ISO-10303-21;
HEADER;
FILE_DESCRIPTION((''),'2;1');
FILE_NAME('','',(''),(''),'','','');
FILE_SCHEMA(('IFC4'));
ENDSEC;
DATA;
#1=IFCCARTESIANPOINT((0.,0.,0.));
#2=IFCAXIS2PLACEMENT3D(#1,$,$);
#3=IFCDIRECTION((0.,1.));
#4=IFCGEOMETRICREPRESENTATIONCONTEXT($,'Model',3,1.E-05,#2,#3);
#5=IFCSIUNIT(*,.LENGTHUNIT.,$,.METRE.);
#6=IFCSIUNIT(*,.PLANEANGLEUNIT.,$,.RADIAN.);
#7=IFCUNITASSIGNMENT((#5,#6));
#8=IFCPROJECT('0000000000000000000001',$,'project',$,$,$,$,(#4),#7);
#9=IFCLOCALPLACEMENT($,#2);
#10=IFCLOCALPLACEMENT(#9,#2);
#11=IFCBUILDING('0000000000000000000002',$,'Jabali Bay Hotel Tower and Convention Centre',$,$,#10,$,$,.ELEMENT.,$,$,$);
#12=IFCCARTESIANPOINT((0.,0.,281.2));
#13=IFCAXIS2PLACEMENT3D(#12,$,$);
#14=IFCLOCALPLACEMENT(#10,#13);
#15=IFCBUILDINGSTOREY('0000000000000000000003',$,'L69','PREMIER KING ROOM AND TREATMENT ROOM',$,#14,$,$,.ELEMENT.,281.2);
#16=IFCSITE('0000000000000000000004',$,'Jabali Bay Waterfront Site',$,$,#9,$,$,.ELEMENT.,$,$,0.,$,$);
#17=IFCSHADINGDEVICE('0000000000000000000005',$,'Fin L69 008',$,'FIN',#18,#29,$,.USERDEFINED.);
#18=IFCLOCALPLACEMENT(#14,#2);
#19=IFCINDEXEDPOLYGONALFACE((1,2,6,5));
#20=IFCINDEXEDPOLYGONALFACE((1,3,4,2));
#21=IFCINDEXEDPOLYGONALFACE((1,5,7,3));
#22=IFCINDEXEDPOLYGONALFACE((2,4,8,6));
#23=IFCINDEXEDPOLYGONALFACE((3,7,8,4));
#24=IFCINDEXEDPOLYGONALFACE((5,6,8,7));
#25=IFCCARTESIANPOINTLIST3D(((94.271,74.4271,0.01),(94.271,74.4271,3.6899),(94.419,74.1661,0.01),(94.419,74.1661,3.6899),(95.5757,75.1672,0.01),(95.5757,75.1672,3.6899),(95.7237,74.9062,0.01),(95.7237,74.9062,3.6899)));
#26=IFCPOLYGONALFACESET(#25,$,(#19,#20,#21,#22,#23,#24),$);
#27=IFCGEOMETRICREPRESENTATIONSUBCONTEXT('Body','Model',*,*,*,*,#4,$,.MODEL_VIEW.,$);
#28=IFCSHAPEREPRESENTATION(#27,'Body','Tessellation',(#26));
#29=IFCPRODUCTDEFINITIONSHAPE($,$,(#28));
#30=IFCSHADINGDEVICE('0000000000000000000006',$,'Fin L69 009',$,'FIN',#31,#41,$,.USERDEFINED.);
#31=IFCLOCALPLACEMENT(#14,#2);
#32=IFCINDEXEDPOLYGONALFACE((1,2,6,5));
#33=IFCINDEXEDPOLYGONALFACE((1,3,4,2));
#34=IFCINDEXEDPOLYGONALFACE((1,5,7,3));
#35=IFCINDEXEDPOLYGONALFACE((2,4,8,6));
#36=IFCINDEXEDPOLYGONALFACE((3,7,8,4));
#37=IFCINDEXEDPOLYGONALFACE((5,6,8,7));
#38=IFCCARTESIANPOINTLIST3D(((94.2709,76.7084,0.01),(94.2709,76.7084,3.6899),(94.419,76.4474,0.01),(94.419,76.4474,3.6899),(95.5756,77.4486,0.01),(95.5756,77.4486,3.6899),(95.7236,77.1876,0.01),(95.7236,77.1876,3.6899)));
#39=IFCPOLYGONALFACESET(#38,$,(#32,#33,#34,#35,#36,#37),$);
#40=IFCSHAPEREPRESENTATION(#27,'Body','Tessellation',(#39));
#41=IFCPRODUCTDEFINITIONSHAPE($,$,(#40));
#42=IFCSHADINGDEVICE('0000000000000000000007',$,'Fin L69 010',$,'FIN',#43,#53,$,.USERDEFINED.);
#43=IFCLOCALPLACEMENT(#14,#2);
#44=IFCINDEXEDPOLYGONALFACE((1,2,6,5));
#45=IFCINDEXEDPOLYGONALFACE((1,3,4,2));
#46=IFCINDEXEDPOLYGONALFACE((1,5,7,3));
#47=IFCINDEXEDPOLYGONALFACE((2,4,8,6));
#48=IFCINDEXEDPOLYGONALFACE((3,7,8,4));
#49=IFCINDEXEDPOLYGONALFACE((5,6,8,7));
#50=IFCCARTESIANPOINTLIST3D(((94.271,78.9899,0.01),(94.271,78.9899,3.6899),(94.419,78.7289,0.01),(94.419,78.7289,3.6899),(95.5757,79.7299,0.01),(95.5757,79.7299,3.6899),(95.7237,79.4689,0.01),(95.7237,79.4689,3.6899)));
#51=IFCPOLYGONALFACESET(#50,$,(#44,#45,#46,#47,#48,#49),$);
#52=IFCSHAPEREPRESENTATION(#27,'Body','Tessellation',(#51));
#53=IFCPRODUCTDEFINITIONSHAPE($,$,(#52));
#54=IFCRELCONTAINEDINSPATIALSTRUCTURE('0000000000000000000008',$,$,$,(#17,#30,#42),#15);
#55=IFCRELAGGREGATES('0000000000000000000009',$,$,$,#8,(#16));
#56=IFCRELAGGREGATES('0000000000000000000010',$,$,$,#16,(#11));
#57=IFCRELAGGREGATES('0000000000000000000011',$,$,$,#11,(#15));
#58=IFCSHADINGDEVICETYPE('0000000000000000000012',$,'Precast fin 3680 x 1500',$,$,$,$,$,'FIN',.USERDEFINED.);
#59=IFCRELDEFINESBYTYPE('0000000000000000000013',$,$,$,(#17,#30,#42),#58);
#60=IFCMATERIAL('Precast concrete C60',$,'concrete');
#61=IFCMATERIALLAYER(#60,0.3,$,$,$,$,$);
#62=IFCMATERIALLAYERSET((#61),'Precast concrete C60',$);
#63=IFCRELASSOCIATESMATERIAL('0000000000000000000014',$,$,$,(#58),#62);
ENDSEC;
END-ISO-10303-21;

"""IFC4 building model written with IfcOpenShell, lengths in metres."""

from ifc_helpers import new_model, si_unit, direction, frame, frame_2d, origin, place, context, subcontext, project, spatial, rectangle, extrude, material, layer, layer_set, type_object, element, save


model = new_model("IFC4")

# Units and contexts
model_context = context("Model", 3, precision=1e-05, world=origin(), true_north=direction((0.0, 1.0)))
body_context = subcontext(model_context, "Body", "Model", "MODEL_VIEW")
ifc_project = project(units=[si_unit("LENGTHUNIT", "METRE"), si_unit("PLANEANGLEUNIT", "RADIAN")], contexts=[model_context])

# Site, building, storey
site_placement = place(None, origin())
site = spatial("IfcSite", under=ifc_project, at=site_placement, Name="Jabali Bay Waterfront Site", CompositionType="ELEMENT", RefElevation=0.0)
building_placement = place(site_placement, origin())
building = spatial("IfcBuilding", under=site, at=building_placement, Name="Jabali Bay Hotel Tower and Convention Centre", CompositionType="ELEMENT")
storey_placement = place(building_placement, frame((0.0, 0.0, 281.2)))
storey = spatial("IfcBuildingStorey", under=building, at=storey_placement, Name="L69", Description="PREMIER KING ROOM AND TREATMENT ROOM", CompositionType="ELEMENT", Elevation=281.2)

# Shading devices
ifc_material_1 = material(Name="Precast concrete C60", Category="concrete")
ifc_layer_1 = layer(ifc_material_1, 0.3)
ifc_layer_set_1 = layer_set([ifc_layer_1], Name="Precast concrete C60")
shading_device_type = type_object("IfcShadingDeviceType", Name="Precast fin 3680 x 1500", ElementType="FIN", PredefinedType="USERDEFINED", material=ifc_layer_set_1)
for number, where, z_axis, x_axis, name in (
    (1, (94.345, 74.2966, 0.01), (0.0, 0.0, 1.0), (0.869831, 0.493349, 0.0), "Fin L69 008"),
    (2, (94.345, 76.5779, 0.01), (0.0, 0.0, 1.0), (0.869761, 0.493472, 0.0), "Fin L69 009"),
    (3, (94.345, 78.8594, 0.01), (0.0, 0.0, 1.0), (0.869831, 0.493349, 0.0), "Fin L69 010"),
):
    element("IfcShadingDevice", number, at=place(storey_placement, frame(where, z_axis=z_axis, x_axis=x_axis)), inside=storey, type_object=shading_device_type, Name=name, ObjectType="FIN", PredefinedType="USERDEFINED", context=body_context, shape_type="SweptSolid", body=[
        extrude(rectangle(XDim=1.5, YDim=0.3, at=frame_2d((0.75, 0.0))), origin(), (0.0, 0.0, 1.0), 3.6799),
    ])

save(model, "model.ifc")
